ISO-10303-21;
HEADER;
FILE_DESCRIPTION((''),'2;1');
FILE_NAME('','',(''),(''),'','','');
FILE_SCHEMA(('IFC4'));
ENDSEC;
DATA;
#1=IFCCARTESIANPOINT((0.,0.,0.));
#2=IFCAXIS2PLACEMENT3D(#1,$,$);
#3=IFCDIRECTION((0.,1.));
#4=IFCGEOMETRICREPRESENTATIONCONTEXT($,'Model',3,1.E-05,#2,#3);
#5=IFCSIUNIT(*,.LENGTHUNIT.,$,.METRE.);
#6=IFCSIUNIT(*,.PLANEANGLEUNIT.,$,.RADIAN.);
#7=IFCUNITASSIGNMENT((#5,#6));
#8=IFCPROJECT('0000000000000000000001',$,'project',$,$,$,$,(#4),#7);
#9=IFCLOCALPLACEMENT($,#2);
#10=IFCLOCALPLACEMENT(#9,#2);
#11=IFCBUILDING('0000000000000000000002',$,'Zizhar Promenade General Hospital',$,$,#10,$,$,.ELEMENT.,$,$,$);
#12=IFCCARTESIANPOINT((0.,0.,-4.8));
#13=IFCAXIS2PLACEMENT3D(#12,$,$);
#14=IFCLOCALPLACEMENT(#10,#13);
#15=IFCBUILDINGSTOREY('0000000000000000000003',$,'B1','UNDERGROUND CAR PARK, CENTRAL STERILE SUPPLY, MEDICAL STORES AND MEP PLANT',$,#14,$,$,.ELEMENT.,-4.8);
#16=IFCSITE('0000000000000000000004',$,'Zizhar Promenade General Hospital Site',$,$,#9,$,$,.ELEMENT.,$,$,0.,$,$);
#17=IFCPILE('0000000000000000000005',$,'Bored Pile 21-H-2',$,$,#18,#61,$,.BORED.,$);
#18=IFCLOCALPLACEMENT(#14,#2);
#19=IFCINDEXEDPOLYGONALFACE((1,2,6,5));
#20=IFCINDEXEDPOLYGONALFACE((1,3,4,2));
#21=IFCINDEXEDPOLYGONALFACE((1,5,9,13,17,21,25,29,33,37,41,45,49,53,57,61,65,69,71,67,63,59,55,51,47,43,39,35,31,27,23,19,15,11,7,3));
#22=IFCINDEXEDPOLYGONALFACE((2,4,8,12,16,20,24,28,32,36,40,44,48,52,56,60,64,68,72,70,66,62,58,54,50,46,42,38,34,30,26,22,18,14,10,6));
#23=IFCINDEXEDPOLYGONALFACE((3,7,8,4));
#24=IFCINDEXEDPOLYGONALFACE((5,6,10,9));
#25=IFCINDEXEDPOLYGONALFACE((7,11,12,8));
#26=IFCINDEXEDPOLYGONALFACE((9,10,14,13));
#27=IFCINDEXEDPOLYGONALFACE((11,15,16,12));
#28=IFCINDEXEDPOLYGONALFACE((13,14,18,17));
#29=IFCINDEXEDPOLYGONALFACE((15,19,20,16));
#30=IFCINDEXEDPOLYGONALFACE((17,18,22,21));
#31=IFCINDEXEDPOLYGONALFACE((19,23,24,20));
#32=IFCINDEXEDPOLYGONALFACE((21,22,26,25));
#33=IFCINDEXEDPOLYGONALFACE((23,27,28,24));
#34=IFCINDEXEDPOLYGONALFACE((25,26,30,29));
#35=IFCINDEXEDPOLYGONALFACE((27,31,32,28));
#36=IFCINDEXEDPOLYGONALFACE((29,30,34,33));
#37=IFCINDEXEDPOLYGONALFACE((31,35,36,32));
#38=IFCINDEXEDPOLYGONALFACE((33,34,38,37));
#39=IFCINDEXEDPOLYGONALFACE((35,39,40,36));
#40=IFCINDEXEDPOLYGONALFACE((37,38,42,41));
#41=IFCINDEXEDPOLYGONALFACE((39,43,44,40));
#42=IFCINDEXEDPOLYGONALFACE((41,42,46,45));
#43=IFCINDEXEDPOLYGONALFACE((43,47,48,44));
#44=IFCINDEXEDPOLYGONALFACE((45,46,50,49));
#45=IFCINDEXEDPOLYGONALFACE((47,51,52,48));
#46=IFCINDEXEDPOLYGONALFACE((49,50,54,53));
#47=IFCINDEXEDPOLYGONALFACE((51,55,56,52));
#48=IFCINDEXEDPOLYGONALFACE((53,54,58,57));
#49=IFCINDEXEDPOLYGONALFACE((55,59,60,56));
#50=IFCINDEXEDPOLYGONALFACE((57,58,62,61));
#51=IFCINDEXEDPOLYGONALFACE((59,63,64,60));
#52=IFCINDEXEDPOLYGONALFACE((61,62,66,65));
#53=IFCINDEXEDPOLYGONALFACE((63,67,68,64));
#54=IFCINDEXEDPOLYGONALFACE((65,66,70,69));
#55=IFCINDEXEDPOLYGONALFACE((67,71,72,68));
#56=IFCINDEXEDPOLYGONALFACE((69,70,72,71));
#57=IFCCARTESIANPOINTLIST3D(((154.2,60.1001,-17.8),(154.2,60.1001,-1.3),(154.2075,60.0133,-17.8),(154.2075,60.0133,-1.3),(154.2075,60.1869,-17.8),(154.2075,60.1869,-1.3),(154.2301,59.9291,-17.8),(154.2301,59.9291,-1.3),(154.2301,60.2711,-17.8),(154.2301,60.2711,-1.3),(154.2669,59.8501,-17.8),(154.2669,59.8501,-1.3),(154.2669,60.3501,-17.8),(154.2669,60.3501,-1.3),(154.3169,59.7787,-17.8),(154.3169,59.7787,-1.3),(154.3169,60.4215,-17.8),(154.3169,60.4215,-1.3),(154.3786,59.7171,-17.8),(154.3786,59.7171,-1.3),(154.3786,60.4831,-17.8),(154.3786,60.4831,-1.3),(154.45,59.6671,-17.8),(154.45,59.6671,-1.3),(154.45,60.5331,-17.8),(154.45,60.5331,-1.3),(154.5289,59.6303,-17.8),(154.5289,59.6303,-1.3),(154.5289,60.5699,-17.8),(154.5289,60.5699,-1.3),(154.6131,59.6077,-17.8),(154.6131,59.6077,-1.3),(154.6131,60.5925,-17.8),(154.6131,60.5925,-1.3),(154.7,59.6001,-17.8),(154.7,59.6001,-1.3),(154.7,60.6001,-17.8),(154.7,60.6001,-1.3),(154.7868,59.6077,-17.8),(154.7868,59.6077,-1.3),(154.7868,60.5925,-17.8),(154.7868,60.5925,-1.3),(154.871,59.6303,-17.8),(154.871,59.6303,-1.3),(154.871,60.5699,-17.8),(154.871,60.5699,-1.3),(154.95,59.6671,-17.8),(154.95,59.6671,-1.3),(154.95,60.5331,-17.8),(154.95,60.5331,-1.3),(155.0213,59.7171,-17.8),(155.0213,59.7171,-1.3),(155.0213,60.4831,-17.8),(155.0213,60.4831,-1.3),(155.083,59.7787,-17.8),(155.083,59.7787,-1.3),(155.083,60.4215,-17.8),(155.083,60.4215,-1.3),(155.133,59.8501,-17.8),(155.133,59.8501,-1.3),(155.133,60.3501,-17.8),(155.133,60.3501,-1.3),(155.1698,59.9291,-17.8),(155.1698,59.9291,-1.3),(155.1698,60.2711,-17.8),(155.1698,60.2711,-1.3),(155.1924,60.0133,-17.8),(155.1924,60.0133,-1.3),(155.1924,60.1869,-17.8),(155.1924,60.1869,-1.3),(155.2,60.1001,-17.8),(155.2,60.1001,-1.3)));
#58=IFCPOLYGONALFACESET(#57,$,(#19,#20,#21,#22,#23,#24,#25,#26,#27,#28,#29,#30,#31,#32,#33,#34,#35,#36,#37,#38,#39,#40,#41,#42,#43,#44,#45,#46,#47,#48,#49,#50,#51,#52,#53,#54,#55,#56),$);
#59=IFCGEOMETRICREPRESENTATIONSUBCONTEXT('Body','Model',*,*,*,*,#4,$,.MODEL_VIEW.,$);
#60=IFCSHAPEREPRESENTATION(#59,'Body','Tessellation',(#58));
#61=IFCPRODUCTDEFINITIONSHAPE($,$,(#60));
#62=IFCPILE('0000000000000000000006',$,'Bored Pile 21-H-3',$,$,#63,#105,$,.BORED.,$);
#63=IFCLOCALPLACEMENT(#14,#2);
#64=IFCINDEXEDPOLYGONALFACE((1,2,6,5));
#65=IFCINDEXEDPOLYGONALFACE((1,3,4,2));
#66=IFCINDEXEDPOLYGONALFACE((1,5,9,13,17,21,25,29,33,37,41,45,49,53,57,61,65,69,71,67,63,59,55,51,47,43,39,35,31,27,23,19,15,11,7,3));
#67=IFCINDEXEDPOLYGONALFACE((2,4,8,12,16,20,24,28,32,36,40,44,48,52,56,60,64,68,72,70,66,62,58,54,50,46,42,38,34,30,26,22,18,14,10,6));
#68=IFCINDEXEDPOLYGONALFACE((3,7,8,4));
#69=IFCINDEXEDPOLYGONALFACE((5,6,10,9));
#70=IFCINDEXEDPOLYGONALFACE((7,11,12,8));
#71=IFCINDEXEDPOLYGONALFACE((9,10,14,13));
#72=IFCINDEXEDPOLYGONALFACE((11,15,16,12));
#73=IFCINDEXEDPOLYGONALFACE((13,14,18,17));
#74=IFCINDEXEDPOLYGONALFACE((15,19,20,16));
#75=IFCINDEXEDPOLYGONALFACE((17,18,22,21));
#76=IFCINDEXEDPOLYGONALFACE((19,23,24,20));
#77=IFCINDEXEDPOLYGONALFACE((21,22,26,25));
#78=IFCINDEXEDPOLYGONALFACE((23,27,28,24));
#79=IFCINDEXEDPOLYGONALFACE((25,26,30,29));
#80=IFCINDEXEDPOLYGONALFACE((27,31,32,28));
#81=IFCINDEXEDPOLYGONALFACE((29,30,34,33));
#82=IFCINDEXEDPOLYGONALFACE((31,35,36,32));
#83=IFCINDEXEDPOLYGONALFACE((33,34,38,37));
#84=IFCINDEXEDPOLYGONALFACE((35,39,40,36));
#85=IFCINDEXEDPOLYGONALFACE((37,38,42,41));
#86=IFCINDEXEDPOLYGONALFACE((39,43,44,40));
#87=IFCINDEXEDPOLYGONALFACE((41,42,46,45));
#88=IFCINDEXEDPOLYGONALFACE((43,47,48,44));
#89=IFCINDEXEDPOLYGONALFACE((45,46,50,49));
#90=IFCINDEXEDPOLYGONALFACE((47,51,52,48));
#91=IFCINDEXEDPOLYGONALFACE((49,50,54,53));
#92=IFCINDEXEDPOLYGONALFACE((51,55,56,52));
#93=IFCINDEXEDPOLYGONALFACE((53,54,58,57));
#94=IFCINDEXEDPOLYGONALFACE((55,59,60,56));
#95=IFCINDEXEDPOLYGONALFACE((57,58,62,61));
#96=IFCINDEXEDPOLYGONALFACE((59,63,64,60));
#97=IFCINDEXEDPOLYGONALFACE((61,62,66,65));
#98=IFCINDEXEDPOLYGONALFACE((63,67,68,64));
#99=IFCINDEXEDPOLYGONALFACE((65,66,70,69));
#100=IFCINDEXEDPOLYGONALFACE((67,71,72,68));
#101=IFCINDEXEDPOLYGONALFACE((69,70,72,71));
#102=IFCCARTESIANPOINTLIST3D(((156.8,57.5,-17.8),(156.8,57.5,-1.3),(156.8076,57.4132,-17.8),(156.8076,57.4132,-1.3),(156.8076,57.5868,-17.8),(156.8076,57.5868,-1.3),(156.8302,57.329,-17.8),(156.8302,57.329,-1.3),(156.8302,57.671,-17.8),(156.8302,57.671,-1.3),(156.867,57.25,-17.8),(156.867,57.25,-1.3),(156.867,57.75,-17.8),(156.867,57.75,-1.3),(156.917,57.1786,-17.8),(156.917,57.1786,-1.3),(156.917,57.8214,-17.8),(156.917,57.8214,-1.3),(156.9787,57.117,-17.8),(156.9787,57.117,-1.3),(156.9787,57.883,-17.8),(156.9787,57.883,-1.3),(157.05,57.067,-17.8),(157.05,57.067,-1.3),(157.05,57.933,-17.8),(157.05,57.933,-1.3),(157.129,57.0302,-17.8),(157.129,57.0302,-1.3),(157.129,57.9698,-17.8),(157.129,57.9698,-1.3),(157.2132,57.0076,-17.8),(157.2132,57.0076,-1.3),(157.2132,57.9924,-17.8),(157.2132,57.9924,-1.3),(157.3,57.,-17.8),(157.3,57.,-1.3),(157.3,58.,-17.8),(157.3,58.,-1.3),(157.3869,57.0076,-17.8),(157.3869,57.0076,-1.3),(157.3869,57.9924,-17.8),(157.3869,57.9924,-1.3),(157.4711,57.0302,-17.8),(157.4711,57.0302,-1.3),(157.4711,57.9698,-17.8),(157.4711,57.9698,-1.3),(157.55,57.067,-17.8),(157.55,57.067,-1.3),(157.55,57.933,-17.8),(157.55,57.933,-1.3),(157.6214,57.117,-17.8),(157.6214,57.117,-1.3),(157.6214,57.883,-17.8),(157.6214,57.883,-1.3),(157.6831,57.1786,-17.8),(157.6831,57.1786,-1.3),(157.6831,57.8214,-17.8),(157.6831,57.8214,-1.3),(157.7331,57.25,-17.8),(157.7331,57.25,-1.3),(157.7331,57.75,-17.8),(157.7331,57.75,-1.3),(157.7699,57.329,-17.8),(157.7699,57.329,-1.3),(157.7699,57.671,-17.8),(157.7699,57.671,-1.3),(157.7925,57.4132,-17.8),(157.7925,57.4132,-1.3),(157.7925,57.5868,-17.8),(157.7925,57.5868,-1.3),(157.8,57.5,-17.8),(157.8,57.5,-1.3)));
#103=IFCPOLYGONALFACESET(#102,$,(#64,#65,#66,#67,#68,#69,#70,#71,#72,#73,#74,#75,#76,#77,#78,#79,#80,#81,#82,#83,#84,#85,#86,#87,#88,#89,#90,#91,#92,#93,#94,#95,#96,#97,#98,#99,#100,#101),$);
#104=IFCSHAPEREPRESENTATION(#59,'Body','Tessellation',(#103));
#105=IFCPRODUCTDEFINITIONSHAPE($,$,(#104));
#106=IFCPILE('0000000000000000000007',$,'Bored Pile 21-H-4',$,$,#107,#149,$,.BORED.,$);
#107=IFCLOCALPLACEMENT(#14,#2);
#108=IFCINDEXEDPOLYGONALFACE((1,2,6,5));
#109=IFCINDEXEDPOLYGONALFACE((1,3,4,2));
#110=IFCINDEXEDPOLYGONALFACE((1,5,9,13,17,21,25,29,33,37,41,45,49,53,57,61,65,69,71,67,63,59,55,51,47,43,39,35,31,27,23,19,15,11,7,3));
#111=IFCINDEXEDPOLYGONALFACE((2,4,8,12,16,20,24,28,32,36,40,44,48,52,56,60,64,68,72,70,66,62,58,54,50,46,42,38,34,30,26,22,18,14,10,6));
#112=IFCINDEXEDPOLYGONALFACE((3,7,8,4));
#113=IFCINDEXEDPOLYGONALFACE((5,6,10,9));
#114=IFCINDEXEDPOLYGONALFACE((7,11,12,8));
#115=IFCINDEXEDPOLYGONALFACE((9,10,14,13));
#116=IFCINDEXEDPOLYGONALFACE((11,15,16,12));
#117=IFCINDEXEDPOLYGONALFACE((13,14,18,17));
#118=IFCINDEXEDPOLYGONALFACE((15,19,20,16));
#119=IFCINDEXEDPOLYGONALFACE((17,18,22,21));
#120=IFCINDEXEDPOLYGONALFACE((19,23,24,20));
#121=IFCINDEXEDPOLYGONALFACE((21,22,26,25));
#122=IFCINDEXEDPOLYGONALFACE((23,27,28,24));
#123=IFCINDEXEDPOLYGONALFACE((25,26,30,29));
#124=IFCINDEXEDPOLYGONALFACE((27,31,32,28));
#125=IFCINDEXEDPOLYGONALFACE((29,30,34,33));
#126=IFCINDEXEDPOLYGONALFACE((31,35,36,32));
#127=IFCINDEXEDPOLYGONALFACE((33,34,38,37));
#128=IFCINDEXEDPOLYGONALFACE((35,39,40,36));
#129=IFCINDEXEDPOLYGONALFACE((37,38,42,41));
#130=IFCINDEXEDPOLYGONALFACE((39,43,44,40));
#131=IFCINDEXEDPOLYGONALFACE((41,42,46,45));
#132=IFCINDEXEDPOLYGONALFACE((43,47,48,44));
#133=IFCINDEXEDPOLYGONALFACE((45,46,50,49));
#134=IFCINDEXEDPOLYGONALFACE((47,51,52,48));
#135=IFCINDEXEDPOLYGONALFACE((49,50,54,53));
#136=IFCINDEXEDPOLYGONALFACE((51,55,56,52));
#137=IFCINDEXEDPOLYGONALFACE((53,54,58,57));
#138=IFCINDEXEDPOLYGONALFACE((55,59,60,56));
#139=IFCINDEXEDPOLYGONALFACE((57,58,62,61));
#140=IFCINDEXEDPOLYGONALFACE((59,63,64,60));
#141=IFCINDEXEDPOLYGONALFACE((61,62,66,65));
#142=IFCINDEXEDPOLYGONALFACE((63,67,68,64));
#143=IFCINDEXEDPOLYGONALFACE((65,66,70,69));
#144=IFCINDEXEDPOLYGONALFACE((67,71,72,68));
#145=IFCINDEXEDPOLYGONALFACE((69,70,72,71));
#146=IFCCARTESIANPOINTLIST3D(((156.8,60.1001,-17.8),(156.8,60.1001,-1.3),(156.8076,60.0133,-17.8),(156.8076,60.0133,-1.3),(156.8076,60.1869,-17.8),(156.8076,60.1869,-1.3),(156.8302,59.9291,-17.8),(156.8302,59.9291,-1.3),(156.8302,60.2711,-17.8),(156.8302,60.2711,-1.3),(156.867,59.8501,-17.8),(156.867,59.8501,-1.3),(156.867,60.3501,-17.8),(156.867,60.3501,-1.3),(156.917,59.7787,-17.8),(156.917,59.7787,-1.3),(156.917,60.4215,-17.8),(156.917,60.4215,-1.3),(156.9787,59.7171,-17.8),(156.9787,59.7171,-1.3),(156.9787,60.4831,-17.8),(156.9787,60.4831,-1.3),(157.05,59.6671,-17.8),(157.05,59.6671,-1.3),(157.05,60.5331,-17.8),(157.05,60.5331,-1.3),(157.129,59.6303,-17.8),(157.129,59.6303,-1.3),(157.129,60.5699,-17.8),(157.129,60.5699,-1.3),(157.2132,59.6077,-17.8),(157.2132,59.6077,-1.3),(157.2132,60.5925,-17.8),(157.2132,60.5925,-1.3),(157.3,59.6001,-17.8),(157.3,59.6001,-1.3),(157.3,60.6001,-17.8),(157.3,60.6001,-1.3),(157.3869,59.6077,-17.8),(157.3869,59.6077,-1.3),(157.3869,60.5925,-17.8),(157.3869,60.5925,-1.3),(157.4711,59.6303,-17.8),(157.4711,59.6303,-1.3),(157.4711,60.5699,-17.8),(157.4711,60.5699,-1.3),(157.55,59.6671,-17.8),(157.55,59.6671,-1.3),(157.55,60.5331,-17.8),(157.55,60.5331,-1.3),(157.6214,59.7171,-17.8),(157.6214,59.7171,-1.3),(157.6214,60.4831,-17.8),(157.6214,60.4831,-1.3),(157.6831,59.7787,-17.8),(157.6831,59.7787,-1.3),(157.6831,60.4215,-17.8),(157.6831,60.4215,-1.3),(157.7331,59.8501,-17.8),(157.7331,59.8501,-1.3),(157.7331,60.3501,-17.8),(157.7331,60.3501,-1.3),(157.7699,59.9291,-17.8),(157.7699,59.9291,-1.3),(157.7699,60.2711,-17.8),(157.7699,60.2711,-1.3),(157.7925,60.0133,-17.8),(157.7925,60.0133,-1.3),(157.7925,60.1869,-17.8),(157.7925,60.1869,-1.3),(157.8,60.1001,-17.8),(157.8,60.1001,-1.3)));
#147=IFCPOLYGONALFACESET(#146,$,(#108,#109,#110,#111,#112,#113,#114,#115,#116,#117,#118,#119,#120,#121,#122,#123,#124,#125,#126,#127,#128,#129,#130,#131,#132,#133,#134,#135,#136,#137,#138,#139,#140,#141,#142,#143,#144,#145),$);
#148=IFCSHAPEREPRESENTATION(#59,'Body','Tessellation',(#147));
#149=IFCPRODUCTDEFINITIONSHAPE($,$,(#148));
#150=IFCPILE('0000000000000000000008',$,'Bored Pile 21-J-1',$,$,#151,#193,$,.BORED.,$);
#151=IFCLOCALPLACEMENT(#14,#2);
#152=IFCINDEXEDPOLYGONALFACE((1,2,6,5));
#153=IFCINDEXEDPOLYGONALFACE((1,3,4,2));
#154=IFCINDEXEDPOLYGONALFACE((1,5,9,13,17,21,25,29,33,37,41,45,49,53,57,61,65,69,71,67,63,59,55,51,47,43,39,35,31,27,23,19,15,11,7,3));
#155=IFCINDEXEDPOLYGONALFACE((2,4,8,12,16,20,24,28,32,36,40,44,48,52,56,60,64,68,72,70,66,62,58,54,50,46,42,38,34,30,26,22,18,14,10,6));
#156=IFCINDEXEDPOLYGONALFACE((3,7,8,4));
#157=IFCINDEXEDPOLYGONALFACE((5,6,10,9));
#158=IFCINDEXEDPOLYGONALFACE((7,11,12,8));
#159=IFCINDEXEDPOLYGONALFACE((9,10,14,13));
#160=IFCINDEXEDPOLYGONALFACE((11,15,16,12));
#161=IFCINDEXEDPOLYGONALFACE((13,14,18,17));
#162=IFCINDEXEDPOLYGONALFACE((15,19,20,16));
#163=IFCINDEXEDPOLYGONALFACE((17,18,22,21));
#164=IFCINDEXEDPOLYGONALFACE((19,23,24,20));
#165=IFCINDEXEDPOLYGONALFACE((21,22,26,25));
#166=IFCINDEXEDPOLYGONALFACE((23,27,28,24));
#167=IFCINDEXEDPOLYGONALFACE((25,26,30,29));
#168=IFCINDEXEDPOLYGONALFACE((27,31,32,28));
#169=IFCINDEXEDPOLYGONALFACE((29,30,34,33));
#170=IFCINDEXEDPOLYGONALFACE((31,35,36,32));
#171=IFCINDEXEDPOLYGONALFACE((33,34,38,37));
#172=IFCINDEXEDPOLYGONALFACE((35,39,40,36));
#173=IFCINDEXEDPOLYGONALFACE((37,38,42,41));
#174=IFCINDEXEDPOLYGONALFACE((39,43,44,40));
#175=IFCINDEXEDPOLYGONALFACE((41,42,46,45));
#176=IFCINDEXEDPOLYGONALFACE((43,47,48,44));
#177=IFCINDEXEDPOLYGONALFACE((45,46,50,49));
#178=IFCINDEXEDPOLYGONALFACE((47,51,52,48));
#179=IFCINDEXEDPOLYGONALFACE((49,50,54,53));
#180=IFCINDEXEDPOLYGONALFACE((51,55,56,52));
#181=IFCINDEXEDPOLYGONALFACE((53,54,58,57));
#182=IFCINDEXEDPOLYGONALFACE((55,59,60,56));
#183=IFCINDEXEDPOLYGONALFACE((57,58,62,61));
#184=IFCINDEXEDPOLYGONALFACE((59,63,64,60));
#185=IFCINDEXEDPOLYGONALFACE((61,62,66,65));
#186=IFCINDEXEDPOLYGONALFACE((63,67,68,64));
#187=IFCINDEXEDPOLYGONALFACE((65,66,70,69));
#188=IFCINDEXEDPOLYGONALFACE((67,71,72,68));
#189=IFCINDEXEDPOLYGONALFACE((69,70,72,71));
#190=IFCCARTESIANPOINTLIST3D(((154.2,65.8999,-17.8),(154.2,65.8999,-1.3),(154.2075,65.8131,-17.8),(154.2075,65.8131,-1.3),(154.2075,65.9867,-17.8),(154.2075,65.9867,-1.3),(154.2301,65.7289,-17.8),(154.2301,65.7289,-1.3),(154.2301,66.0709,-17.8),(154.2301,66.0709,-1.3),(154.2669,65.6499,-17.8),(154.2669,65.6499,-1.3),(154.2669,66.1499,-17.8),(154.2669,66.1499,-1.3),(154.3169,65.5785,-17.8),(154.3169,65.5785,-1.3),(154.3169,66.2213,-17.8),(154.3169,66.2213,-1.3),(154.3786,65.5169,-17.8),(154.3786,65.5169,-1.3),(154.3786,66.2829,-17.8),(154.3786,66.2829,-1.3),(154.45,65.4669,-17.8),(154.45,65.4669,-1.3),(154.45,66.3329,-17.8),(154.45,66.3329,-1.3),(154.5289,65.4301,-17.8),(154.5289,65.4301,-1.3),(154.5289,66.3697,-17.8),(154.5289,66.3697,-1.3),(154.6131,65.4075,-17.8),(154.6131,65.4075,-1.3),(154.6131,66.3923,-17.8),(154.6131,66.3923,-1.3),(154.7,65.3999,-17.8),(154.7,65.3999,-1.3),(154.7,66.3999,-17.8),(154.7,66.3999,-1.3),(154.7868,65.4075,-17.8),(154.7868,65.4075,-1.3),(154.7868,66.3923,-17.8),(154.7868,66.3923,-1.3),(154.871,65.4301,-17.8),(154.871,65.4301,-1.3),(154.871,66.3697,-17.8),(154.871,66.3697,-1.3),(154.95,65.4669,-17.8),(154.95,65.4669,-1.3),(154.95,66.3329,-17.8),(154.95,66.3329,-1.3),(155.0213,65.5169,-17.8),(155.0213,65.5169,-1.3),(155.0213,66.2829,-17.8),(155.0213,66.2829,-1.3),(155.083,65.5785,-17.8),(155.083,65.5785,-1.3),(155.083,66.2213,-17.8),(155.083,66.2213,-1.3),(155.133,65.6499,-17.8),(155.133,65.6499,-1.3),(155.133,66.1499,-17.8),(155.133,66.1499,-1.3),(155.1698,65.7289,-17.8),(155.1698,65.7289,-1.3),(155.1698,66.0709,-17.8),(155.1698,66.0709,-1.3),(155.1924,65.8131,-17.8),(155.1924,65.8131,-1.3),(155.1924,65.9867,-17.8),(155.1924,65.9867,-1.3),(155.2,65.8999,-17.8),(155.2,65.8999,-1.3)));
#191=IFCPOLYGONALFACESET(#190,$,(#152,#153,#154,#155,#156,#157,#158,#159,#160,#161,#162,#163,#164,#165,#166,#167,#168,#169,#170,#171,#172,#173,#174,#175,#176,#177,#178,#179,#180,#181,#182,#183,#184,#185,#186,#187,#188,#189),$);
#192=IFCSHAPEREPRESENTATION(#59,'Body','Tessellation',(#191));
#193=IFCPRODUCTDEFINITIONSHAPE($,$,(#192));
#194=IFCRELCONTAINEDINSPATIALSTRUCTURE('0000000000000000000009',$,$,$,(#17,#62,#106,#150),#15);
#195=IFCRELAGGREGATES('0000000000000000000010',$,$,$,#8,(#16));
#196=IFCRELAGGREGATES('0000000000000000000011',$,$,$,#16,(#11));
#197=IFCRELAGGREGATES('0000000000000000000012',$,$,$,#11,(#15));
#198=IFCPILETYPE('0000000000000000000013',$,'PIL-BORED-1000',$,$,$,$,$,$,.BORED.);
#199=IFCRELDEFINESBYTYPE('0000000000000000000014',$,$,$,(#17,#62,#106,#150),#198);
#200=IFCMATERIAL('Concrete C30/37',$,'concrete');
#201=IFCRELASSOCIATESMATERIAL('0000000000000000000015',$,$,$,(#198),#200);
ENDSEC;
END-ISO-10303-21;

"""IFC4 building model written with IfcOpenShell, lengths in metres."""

from ifc_helpers import new_model, si_unit, direction, frame, origin, origin_2d, place, context, subcontext, project, spatial, circle, extrude, material, material_profile, profile_set, type_object, element, save


model = new_model("IFC4")

# Units and contexts
model_context = context("Model", 3, precision=1e-05, world=origin(), true_north=direction((0.0, 1.0)))
body_context = subcontext(model_context, "Body", "Model", "MODEL_VIEW")
ifc_project = project(units=[si_unit("LENGTHUNIT", "METRE"), si_unit("PLANEANGLEUNIT", "RADIAN")], contexts=[model_context])

# Site, building, storey
site_placement = place(None, origin())
site = spatial("IfcSite", under=ifc_project, at=site_placement, Name="Zizhar Promenade General Hospital Site", CompositionType="ELEMENT", RefElevation=0.0)
building_placement = place(site_placement, origin())
building = spatial("IfcBuilding", under=site, at=building_placement, Name="Zizhar Promenade General Hospital", CompositionType="ELEMENT")
storey_placement = place(building_placement, frame((0.0, 0.0, -4.8)))
storey = spatial("IfcBuildingStorey", under=building, at=storey_placement, Name="B1", Description="UNDERGROUND CAR PARK, CENTRAL STERILE SUPPLY, MEDICAL STORES AND MEP PLANT", CompositionType="ELEMENT", Elevation=-4.8)

# Piles
ifc_material_1 = material(Name="Concrete C30/37", Category="concrete")
ifc_material_profile_1 = material_profile(ifc_material_1, circle(Radius=0.5, at=origin_2d()))
ifc_profile_set_1 = profile_set([ifc_material_profile_1], Name="Concrete C30/37")
pile_type = type_object("IfcPileType", Name="PIL-BORED-1000", PredefinedType="BORED", material=ifc_profile_set_1)
for number, where, z_axis, x_axis, name in (
    (1, (154.7, 60.1001, -1.3), (0.0, 0.0, -1.0), (1.0, 0.0, 0.0), "Bored Pile 21-H-2"),
    (2, (157.3, 57.5, -1.3), (0.0, 0.0, -1.0), (1.0, 0.0, 0.0), "Bored Pile 21-H-3"),
    (3, (157.3, 60.1001, -1.3), (0.0, 0.0, -1.0), (1.0, 0.0, 0.0), "Bored Pile 21-H-4"),
    (4, (154.7, 65.8999, -1.3), (0.0, 0.0, -1.0), (1.0, 0.0, 0.0), "Bored Pile 21-J-1"),
):
    element("IfcPile", number, at=place(storey_placement, frame(where, z_axis=z_axis, x_axis=x_axis)), inside=storey, type_object=pile_type, Name=name, PredefinedType="BORED", context=body_context, shape_type="SweptSolid", body=[
        extrude(circle(Radius=0.5, at=origin_2d()), origin(), (0.0, 0.0, 1.0), 16.5),
    ])

save(model, "model.ifc")
